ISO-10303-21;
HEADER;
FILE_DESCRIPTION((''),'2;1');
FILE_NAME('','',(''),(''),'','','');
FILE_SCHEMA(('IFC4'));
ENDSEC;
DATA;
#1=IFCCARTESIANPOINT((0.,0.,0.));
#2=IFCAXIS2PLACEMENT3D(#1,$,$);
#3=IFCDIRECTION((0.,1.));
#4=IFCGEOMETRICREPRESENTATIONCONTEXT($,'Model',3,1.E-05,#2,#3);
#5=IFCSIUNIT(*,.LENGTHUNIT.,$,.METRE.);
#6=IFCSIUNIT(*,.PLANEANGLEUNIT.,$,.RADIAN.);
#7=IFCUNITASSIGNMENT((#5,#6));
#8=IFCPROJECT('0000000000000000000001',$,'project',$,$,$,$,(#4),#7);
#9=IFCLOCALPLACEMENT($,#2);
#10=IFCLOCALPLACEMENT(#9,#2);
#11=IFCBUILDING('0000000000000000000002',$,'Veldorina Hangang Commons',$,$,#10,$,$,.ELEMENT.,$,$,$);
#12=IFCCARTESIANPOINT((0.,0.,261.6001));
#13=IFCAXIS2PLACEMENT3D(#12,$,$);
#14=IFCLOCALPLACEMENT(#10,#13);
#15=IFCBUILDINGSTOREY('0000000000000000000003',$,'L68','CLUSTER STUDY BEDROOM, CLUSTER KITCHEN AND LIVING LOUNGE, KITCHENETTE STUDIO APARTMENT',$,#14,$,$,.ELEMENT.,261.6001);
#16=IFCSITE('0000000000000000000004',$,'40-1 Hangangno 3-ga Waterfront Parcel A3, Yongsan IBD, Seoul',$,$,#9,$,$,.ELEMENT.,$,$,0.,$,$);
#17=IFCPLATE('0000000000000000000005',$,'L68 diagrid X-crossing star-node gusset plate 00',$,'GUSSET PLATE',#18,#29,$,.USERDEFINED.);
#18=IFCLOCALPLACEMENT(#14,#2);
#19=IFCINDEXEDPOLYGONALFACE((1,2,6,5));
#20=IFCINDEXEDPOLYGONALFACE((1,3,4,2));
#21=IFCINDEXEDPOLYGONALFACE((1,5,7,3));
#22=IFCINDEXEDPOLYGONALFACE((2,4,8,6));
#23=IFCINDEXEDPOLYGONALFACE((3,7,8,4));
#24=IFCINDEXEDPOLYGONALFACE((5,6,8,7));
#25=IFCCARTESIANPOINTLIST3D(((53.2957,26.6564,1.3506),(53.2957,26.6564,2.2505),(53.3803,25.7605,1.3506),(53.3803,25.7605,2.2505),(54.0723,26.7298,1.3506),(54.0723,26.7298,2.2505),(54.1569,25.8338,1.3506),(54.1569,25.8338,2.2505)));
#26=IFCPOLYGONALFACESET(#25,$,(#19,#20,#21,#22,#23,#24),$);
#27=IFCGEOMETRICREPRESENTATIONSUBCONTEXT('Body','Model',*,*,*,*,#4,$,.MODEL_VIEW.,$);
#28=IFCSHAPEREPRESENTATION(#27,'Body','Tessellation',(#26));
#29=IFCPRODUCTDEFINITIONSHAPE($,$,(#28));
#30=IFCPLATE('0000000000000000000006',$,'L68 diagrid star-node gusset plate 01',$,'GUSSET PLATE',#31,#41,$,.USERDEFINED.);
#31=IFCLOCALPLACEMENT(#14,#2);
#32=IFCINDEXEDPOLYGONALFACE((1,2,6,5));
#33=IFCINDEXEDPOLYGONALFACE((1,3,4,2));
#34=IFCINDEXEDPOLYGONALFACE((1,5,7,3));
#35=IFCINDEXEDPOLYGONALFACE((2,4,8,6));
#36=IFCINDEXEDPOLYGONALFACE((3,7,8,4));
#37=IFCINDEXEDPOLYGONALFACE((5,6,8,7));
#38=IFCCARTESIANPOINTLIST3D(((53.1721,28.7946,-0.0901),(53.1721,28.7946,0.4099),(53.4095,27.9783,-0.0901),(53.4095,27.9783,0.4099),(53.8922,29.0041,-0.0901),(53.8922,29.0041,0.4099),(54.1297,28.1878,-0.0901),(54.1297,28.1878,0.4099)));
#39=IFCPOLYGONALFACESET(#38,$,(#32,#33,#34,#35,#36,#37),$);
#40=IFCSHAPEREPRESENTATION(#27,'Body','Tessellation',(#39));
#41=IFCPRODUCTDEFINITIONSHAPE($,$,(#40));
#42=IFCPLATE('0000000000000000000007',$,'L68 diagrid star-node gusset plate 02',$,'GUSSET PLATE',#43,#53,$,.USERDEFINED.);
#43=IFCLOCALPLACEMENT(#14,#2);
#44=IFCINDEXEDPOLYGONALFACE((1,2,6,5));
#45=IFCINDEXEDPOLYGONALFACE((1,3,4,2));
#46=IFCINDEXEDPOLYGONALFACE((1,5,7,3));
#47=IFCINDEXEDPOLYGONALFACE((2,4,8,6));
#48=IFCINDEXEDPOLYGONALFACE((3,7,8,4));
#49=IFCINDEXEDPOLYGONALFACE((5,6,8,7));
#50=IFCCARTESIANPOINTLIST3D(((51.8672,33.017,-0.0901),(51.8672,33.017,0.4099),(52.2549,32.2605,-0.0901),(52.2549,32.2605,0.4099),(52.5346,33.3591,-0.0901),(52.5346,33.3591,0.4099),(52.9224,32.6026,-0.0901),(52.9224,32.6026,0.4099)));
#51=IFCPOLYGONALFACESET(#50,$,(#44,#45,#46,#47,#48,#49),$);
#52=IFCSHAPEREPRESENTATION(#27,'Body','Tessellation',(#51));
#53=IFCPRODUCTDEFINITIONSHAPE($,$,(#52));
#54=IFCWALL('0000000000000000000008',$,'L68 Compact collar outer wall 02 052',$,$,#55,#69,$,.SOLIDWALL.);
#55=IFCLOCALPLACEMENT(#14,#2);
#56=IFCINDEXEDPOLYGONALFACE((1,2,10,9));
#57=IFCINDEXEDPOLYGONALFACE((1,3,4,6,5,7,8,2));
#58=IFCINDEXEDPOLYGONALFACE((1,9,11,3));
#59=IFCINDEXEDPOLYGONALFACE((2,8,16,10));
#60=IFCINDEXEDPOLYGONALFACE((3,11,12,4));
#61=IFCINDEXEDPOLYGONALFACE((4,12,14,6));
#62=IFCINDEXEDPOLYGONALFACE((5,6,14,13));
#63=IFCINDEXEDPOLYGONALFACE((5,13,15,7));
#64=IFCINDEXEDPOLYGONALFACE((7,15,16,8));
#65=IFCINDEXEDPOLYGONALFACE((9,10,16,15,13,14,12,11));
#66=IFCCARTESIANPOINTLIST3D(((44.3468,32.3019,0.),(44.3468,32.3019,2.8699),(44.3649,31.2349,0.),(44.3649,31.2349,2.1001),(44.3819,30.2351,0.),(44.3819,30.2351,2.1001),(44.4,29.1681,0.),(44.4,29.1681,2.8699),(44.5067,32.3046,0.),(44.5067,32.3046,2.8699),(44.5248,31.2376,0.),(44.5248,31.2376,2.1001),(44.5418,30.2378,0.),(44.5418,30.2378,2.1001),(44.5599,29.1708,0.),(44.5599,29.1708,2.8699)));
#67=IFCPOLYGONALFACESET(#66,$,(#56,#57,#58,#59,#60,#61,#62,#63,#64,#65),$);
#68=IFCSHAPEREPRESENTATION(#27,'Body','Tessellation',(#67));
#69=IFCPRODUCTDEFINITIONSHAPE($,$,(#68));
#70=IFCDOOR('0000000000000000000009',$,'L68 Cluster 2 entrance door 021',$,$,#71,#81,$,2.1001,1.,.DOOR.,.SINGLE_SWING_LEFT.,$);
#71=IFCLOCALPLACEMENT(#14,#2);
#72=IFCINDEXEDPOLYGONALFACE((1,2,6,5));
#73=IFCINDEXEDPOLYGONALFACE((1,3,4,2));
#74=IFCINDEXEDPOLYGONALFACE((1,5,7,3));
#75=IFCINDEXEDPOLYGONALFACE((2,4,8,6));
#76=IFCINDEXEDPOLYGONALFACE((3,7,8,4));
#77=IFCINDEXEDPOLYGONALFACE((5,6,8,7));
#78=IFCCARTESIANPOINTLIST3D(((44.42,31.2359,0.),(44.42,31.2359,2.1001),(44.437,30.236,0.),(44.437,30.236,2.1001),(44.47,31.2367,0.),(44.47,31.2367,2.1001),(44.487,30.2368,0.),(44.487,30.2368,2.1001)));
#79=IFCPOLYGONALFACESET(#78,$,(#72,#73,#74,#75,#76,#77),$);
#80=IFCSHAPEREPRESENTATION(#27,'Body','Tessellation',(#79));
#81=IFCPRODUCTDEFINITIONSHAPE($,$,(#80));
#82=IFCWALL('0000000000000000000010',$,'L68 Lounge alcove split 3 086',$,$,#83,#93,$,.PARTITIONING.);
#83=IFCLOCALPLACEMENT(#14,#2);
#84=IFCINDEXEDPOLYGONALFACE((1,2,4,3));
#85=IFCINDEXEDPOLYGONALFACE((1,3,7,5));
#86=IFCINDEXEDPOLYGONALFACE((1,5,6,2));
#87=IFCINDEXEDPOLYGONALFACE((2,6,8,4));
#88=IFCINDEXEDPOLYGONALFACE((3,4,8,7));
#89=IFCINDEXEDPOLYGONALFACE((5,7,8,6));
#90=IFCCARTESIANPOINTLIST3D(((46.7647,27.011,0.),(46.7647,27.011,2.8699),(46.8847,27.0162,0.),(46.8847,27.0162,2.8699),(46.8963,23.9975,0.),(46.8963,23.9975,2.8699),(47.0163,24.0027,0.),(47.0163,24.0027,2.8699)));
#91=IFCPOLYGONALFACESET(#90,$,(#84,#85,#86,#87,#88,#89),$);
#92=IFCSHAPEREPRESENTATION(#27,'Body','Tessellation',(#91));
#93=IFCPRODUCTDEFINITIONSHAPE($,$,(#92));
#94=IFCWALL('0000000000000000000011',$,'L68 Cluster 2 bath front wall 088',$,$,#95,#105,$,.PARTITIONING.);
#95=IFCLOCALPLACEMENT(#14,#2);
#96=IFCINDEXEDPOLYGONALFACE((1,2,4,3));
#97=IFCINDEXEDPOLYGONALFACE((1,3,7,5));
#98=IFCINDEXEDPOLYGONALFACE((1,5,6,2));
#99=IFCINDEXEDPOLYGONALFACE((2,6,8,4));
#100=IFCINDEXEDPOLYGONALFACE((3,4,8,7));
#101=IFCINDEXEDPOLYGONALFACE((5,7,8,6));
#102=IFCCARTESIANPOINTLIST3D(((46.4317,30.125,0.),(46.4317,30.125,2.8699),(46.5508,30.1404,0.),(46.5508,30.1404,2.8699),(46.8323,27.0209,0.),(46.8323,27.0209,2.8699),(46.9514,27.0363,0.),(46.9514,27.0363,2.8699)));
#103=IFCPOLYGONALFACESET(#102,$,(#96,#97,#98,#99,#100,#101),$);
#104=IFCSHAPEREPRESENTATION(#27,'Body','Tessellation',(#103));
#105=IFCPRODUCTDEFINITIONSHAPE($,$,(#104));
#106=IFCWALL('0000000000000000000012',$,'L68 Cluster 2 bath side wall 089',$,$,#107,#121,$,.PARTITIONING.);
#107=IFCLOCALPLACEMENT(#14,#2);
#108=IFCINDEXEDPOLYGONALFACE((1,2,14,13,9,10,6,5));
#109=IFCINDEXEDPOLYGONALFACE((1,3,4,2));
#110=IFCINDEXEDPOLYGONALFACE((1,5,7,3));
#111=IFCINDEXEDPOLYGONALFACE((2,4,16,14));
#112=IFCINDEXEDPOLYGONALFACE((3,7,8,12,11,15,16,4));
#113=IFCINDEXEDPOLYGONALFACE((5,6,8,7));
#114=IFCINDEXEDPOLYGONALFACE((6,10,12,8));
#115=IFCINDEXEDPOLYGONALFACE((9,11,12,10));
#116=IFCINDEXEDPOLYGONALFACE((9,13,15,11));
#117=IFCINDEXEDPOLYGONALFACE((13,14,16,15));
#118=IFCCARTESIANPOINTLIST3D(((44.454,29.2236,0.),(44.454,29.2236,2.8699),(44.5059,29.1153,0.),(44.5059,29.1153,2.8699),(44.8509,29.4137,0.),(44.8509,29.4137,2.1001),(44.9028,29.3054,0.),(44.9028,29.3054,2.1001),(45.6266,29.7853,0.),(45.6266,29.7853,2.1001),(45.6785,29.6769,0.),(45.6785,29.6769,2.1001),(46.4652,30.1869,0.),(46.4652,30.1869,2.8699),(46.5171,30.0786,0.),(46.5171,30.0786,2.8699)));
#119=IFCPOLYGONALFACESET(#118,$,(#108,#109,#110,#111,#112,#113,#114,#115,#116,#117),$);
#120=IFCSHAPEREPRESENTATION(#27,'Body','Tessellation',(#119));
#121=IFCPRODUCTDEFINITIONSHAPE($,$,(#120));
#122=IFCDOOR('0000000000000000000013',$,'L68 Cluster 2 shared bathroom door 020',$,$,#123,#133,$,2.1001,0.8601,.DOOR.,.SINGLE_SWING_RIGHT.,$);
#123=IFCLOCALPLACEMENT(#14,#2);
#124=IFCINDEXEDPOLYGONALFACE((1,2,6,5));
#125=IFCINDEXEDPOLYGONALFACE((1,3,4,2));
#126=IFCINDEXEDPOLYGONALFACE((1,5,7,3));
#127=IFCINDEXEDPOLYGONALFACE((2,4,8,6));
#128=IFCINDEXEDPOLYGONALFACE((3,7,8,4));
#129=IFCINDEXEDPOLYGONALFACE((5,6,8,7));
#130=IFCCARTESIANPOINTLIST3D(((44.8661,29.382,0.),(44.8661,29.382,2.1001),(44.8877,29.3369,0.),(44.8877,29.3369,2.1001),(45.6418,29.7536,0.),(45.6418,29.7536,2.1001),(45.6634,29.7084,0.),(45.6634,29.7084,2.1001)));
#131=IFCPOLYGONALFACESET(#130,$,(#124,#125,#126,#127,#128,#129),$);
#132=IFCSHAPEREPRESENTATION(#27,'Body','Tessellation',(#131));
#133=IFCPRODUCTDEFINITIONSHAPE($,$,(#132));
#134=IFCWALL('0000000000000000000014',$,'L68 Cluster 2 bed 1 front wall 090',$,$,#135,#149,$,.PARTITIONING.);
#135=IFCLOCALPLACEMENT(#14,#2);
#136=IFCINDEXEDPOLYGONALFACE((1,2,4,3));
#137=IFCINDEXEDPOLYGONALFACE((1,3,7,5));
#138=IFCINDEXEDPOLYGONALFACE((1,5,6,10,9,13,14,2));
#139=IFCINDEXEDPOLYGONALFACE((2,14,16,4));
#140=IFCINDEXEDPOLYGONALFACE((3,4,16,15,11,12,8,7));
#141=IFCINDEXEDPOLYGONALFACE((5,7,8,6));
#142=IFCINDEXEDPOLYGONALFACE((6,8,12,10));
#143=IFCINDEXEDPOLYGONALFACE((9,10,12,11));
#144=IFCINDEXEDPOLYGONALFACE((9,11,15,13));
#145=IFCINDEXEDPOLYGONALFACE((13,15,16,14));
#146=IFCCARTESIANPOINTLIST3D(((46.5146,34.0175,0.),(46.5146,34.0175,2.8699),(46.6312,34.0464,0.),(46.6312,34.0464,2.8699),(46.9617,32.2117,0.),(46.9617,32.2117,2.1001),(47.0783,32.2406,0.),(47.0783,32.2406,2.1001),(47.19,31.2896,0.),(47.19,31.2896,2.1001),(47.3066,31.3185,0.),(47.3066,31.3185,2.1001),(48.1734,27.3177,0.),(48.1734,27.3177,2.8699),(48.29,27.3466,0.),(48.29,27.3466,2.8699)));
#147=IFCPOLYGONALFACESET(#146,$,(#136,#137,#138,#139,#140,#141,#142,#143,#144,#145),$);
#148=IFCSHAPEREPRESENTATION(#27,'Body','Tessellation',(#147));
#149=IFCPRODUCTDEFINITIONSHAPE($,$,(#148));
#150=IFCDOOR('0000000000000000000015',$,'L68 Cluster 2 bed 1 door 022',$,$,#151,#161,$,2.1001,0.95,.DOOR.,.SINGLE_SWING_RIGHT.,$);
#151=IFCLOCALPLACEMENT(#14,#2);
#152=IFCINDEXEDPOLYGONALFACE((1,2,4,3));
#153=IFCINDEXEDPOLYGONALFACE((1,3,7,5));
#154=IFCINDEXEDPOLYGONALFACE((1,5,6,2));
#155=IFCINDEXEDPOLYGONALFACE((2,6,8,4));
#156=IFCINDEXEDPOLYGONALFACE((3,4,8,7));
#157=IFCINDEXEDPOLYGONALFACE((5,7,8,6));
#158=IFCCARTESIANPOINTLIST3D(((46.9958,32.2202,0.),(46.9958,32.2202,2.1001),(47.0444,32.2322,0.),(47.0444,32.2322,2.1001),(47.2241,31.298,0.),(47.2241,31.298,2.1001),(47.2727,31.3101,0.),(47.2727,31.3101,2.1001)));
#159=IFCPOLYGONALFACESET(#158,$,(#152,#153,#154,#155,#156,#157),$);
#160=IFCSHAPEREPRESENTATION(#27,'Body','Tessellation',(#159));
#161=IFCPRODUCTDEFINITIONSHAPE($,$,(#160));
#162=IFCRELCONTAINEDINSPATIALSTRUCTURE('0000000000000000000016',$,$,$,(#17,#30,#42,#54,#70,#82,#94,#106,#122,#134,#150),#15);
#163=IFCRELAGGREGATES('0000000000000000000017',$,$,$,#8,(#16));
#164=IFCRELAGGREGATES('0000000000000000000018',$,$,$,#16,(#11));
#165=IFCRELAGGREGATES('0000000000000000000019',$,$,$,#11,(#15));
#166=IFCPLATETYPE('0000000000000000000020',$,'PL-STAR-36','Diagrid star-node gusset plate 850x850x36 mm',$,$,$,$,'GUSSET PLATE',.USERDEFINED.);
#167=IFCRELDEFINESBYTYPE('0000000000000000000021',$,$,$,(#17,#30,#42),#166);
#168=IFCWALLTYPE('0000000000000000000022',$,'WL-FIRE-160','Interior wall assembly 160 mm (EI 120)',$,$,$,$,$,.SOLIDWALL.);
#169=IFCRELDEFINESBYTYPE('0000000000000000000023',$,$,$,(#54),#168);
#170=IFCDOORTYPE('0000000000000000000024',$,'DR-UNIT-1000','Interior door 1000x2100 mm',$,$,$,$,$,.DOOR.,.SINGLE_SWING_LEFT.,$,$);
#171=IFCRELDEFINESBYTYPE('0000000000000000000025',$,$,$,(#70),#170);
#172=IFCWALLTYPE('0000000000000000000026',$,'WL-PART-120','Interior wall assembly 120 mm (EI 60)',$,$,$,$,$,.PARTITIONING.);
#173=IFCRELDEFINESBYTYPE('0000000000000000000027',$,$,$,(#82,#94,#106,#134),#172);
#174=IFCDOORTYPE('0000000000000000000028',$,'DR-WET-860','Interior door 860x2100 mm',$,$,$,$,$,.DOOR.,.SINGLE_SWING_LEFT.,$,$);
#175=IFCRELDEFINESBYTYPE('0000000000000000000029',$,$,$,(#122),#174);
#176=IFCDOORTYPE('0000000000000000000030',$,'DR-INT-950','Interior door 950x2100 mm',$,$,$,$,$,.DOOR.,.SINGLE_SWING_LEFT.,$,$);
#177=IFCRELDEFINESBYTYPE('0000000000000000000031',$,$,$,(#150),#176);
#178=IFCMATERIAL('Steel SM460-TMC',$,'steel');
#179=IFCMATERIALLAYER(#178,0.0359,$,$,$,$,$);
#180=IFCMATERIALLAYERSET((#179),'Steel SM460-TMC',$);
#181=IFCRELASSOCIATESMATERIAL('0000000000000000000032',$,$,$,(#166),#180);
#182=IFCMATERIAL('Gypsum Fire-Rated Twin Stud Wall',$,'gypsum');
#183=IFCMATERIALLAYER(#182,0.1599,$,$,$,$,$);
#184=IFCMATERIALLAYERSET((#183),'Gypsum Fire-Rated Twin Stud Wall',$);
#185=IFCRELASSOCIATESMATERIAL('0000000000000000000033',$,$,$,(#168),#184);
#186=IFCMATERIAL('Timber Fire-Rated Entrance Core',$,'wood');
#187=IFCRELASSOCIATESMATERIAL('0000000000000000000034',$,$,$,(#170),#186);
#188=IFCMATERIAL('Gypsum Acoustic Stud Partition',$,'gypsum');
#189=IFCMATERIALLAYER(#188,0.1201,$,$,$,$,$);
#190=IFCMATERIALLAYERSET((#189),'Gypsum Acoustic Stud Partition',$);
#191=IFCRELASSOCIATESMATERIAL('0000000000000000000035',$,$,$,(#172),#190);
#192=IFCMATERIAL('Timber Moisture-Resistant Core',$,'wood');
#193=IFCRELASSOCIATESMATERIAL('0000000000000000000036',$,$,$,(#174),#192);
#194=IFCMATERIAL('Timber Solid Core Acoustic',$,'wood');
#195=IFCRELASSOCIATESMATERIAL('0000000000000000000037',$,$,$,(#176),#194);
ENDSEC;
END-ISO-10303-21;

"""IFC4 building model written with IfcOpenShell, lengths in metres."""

from ifc_helpers import new_model, si_unit, direction, frame, frame_2d, origin, origin_2d, place, context, subcontext, project, spatial, rectangle, extrude, material, layer, layer_set, type_object, element, fill, save


model = new_model("IFC4")

# Units and contexts
model_context = context("Model", 3, precision=1e-05, world=origin(), true_north=direction((0.0, 1.0)))
body_context = subcontext(model_context, "Body", "Model", "MODEL_VIEW")
ifc_project = project(units=[si_unit("LENGTHUNIT", "METRE"), si_unit("PLANEANGLEUNIT", "RADIAN")], contexts=[model_context])

# Site, building, storey
site_placement = place(None, origin())
site = spatial("IfcSite", under=ifc_project, at=site_placement, Name="40-1 Hangangno 3-ga Waterfront Parcel A3, Yongsan IBD, Seoul", CompositionType="ELEMENT", RefElevation=0.0)
building_placement = place(site_placement, origin())
building = spatial("IfcBuilding", under=site, at=building_placement, Name="Veldorina Hangang Commons", CompositionType="ELEMENT")
storey_placement = place(building_placement, frame((0.0, 0.0, 261.6001)))
storey = spatial("IfcBuildingStorey", under=building, at=storey_placement, Name="L68", Description="CLUSTER STUDY BEDROOM, CLUSTER KITCHEN AND LIVING LOUNGE, KITCHENETTE STUDIO APARTMENT", CompositionType="ELEMENT", Elevation=261.6001)

# Plates
ifc_material_1 = material(Name="Steel SM460-TMC", Category="steel")
ifc_layer_1 = layer(ifc_material_1, 0.0359)
ifc_layer_set_1 = layer_set([ifc_layer_1], Name="Steel SM460-TMC")
plate_type_1 = type_object("IfcPlateType", Name="PL-STAR-36", Description="Diagrid star-node gusset plate 850x850x36 mm", ElementType="GUSSET PLATE", PredefinedType="USERDEFINED", material=ifc_layer_set_1)
plate_1_placement = place(storey_placement, frame((53.7263, 26.2451, 1.3506), z_axis=(0.0, 0.0, 1.0), x_axis=(-0.094039, 0.995569, 0.0)))
element("IfcPlate", 1, at=plate_1_placement, inside=storey, type_object=plate_type_1, Name="L68 diagrid X-crossing star-node gusset plate 00", ObjectType="GUSSET PLATE", PredefinedType="USERDEFINED", context=body_context, shape_type="SweptSolid", body=[
    extrude(rectangle(XDim=0.8999, YDim=0.78, at=origin_2d()), origin(), (0.0, 0.0, 1.0), 0.8999),
])
for number, where, z_axis, x_axis, name in (
    (2, (53.6509, 28.4912, -0.0901), (0.0, 0.0, 1.0), (-0.27931, 0.960201, 0.0), "L68 diagrid star-node gusset plate 01"),
    (3, (52.3948, 32.8098, -0.0901), (0.0, 0.0, 1.0), (-0.456104, 0.889926, 0.0), "L68 diagrid star-node gusset plate 02"),
):
    element("IfcPlate", number, at=place(storey_placement, frame(where, z_axis=z_axis, x_axis=x_axis)), inside=storey, type_object=plate_type_1, Name=name, ObjectType="GUSSET PLATE", PredefinedType="USERDEFINED", context=body_context, shape_type="SweptSolid", body=[
        extrude(rectangle(XDim=0.8501, YDim=0.75, at=origin_2d()), origin(), (0.0, 0.0, 1.0), 0.5),
    ])

# Wall, opening, door
ifc_material_2 = material(Name="Gypsum Fire-Rated Twin Stud Wall", Category="gypsum")
ifc_layer_2 = layer(ifc_material_2, 0.1599)
ifc_layer_set_2 = layer_set([ifc_layer_2], Name="Gypsum Fire-Rated Twin Stud Wall")
wall_type_1 = type_object("IfcWallType", Name="WL-FIRE-160", Description="Interior wall assembly 160 mm (EI 120)", PredefinedType="SOLIDWALL", material=ifc_layer_set_2)
wall_1_placement = place(storey_placement, frame((44.48, 29.1694, 0.0), z_axis=(0.0, 0.0, 1.0), x_axis=(-0.016981, 0.999856, 0.0)))
wall_1 = element("IfcWall", 4, at=wall_1_placement, inside=storey, type_object=wall_type_1, Name="L68 Compact collar outer wall 02 052", PredefinedType="SOLIDWALL", context=body_context, shape_type="SweptSolid", body=[
    extrude(rectangle(XDim=3.1343, YDim=0.1599, at=frame_2d((1.5671, 0.0))), origin(), (0.0, 0.0, 1.0), 2.8699),
])
opening_1_placement = place(wall_1_placement, frame((1.0671, 0.0, 0.0)))
opening_1 = element("IfcOpeningElement", 5, at=opening_1_placement, cuts=wall_1, PredefinedType="OPENING", context=body_context, shape_type="SweptSolid", body=[
    extrude(rectangle(XDim=1.0, YDim=2.1001, at=frame_2d((0.5, 1.05))), frame((0.0, 0.0898, 0.0), z_axis=(0.0, -1.0, 0.0), x_axis=(1.0, 0.0, 0.0)), (0.0, 0.0, 1.0), 0.1799),
])
ifc_material_3 = material(Name="Timber Fire-Rated Entrance Core", Category="wood")
door_type_1 = type_object("IfcDoorType", Name="DR-UNIT-1000", Description="Interior door 1000x2100 mm", OperationType="SINGLE_SWING_LEFT", PredefinedType="DOOR", material=ifc_material_3)
door_1_placement = place(opening_1_placement, origin())
door_1 = element("IfcDoor", 6, at=door_1_placement, inside=storey, type_object=door_type_1, Name="L68 Cluster 2 entrance door 021", OperationType="SINGLE_SWING_LEFT", OverallHeight=2.1001, OverallWidth=1.0, PredefinedType="DOOR", context=body_context, shape_type="SweptSolid", body=[
    extrude(rectangle(XDim=1.0, YDim=2.1001, at=frame_2d((0.5, 1.05))), frame((0.0, 0.0249, 0.0), z_axis=(0.0, -1.0, 0.0), x_axis=(1.0, 0.0, 0.0)), (0.0, 0.0, 1.0), 0.05),
])
fill(opening_1, door_1)

# Walls
ifc_material_4 = material(Name="Gypsum Acoustic Stud Partition", Category="gypsum")
ifc_layer_3 = layer(ifc_material_4, 0.1201)
ifc_layer_set_3 = layer_set([ifc_layer_3], Name="Gypsum Acoustic Stud Partition")
wall_type_2 = type_object("IfcWallType", Name="WL-PART-120", Description="Interior wall assembly 120 mm (EI 60)", PredefinedType="PARTITIONING", material=ifc_layer_set_3)
wall_2_placement = place(storey_placement, frame((46.9563, 24.0, 0.0), z_axis=(0.0, 0.0, 1.0), x_axis=(-0.043627, 0.999048, 0.0)))
element("IfcWall", 7, at=wall_2_placement, inside=storey, type_object=wall_type_2, Name="L68 Lounge alcove split 3 086", PredefinedType="PARTITIONING", context=body_context, shape_type="SweptSolid", body=[
    extrude(rectangle(XDim=3.0164, YDim=0.1201, at=frame_2d((1.5083, 0.0))), origin(), (0.0, 0.0, 1.0), 2.8699),
])
wall_3_placement = place(storey_placement, frame((46.8918, 27.0286, 0.0), z_axis=(0.0, 0.0, 1.0), x_axis=(-0.127999, 0.991774, 0.0)))
element("IfcWall", 8, at=wall_3_placement, inside=storey, type_object=wall_type_2, Name="L68 Cluster 2 bath front wall 088", PredefinedType="PARTITIONING", context=body_context, shape_type="SweptSolid", body=[
    extrude(rectangle(XDim=3.1299, YDim=0.1201, at=frame_2d((1.5649, 0.0))), origin(), (0.0, 0.0, 1.0), 2.8699),
])

# Walls, openings, doors
wall_4_placement = place(storey_placement, frame((44.48, 29.1694, 0.0), z_axis=(0.0, 0.0, 1.0), x_axis=(0.901875, 0.431998, 0.0)))
wall_4 = element("IfcWall", 9, at=wall_4_placement, inside=storey, type_object=wall_type_2, Name="L68 Cluster 2 bath side wall 089", PredefinedType="PARTITIONING", context=body_context, shape_type="SweptSolid", body=[
    extrude(rectangle(XDim=2.23, YDim=0.1201, at=frame_2d((1.115, 0.0))), origin(), (0.0, 0.0, 1.0), 2.8699),
])
opening_2_placement = place(wall_4_placement, frame((0.4399, 0.0, 0.0)))
opening_2 = element("IfcOpeningElement", 10, at=opening_2_placement, cuts=wall_4, PredefinedType="OPENING", context=body_context, shape_type="SweptSolid", body=[
    extrude(rectangle(XDim=0.8601, YDim=2.1001, at=frame_2d((0.4302, 1.05))), frame((0.0, 0.0701, 0.0), z_axis=(0.0, -1.0, 0.0), x_axis=(1.0, 0.0, 0.0)), (0.0, 0.0, 1.0), 0.1401),
])
ifc_material_5 = material(Name="Timber Moisture-Resistant Core", Category="wood")
door_type_2 = type_object("IfcDoorType", Name="DR-WET-860", Description="Interior door 860x2100 mm", OperationType="SINGLE_SWING_LEFT", PredefinedType="DOOR", material=ifc_material_5)
door_2_placement = place(opening_2_placement, origin())
door_2 = element("IfcDoor", 11, at=door_2_placement, inside=storey, type_object=door_type_2, Name="L68 Cluster 2 shared bathroom door 020", OperationType="SINGLE_SWING_RIGHT", OverallHeight=2.1001, OverallWidth=0.8601, PredefinedType="DOOR", context=body_context, shape_type="SweptSolid", body=[
    extrude(rectangle(XDim=0.8601, YDim=2.1001, at=frame_2d((0.4302, 1.05))), frame((0.0, 0.0249, 0.0), z_axis=(0.0, -1.0, 0.0), x_axis=(1.0, 0.0, 0.0)), (0.0, 0.0, 1.0), 0.05),
])
fill(opening_2, door_2)
wall_5_placement = place(storey_placement, frame((48.2317, 27.332, 0.0), z_axis=(0.0, 0.0, 1.0), x_axis=(-0.240321, 0.970693, 0.0)))
wall_5 = element("IfcWall", 12, at=wall_5_placement, inside=storey, type_object=wall_type_2, Name="L68 Cluster 2 bed 1 front wall 090", PredefinedType="PARTITIONING", context=body_context, shape_type="SweptSolid", body=[
    extrude(rectangle(XDim=6.9021, YDim=0.1201, at=frame_2d((3.4512, 0.0))), origin(), (0.0, 0.0, 1.0), 2.8699),
])
opening_3_placement = place(wall_5_placement, frame((4.0918, 0.0, 0.0)))
opening_3 = element("IfcOpeningElement", 13, at=opening_3_placement, cuts=wall_5, PredefinedType="OPENING", context=body_context, shape_type="SweptSolid", body=[
    extrude(rectangle(XDim=0.95, YDim=2.1001, at=frame_2d((0.4751, 1.05))), frame((0.0, 0.0701, 0.0), z_axis=(0.0, -1.0, 0.0), x_axis=(1.0, 0.0, 0.0)), (0.0, 0.0, 1.0), 0.1401),
])
ifc_material_6 = material(Name="Timber Solid Core Acoustic", Category="wood")
door_type_3 = type_object("IfcDoorType", Name="DR-INT-950", Description="Interior door 950x2100 mm", OperationType="SINGLE_SWING_LEFT", PredefinedType="DOOR", material=ifc_material_6)
door_3_placement = place(opening_3_placement, origin())
door_3 = element("IfcDoor", 14, at=door_3_placement, inside=storey, type_object=door_type_3, Name="L68 Cluster 2 bed 1 door 022", OperationType="SINGLE_SWING_RIGHT", OverallHeight=2.1001, OverallWidth=0.95, PredefinedType="DOOR", context=body_context, shape_type="SweptSolid", body=[
    extrude(rectangle(XDim=0.95, YDim=2.1001, at=frame_2d((0.4751, 1.05))), frame((0.0, 0.0249, 0.0), z_axis=(0.0, -1.0, 0.0), x_axis=(1.0, 0.0, 0.0)), (0.0, 0.0, 1.0), 0.05),
])
fill(opening_3, door_3)

save(model, "model.ifc")
